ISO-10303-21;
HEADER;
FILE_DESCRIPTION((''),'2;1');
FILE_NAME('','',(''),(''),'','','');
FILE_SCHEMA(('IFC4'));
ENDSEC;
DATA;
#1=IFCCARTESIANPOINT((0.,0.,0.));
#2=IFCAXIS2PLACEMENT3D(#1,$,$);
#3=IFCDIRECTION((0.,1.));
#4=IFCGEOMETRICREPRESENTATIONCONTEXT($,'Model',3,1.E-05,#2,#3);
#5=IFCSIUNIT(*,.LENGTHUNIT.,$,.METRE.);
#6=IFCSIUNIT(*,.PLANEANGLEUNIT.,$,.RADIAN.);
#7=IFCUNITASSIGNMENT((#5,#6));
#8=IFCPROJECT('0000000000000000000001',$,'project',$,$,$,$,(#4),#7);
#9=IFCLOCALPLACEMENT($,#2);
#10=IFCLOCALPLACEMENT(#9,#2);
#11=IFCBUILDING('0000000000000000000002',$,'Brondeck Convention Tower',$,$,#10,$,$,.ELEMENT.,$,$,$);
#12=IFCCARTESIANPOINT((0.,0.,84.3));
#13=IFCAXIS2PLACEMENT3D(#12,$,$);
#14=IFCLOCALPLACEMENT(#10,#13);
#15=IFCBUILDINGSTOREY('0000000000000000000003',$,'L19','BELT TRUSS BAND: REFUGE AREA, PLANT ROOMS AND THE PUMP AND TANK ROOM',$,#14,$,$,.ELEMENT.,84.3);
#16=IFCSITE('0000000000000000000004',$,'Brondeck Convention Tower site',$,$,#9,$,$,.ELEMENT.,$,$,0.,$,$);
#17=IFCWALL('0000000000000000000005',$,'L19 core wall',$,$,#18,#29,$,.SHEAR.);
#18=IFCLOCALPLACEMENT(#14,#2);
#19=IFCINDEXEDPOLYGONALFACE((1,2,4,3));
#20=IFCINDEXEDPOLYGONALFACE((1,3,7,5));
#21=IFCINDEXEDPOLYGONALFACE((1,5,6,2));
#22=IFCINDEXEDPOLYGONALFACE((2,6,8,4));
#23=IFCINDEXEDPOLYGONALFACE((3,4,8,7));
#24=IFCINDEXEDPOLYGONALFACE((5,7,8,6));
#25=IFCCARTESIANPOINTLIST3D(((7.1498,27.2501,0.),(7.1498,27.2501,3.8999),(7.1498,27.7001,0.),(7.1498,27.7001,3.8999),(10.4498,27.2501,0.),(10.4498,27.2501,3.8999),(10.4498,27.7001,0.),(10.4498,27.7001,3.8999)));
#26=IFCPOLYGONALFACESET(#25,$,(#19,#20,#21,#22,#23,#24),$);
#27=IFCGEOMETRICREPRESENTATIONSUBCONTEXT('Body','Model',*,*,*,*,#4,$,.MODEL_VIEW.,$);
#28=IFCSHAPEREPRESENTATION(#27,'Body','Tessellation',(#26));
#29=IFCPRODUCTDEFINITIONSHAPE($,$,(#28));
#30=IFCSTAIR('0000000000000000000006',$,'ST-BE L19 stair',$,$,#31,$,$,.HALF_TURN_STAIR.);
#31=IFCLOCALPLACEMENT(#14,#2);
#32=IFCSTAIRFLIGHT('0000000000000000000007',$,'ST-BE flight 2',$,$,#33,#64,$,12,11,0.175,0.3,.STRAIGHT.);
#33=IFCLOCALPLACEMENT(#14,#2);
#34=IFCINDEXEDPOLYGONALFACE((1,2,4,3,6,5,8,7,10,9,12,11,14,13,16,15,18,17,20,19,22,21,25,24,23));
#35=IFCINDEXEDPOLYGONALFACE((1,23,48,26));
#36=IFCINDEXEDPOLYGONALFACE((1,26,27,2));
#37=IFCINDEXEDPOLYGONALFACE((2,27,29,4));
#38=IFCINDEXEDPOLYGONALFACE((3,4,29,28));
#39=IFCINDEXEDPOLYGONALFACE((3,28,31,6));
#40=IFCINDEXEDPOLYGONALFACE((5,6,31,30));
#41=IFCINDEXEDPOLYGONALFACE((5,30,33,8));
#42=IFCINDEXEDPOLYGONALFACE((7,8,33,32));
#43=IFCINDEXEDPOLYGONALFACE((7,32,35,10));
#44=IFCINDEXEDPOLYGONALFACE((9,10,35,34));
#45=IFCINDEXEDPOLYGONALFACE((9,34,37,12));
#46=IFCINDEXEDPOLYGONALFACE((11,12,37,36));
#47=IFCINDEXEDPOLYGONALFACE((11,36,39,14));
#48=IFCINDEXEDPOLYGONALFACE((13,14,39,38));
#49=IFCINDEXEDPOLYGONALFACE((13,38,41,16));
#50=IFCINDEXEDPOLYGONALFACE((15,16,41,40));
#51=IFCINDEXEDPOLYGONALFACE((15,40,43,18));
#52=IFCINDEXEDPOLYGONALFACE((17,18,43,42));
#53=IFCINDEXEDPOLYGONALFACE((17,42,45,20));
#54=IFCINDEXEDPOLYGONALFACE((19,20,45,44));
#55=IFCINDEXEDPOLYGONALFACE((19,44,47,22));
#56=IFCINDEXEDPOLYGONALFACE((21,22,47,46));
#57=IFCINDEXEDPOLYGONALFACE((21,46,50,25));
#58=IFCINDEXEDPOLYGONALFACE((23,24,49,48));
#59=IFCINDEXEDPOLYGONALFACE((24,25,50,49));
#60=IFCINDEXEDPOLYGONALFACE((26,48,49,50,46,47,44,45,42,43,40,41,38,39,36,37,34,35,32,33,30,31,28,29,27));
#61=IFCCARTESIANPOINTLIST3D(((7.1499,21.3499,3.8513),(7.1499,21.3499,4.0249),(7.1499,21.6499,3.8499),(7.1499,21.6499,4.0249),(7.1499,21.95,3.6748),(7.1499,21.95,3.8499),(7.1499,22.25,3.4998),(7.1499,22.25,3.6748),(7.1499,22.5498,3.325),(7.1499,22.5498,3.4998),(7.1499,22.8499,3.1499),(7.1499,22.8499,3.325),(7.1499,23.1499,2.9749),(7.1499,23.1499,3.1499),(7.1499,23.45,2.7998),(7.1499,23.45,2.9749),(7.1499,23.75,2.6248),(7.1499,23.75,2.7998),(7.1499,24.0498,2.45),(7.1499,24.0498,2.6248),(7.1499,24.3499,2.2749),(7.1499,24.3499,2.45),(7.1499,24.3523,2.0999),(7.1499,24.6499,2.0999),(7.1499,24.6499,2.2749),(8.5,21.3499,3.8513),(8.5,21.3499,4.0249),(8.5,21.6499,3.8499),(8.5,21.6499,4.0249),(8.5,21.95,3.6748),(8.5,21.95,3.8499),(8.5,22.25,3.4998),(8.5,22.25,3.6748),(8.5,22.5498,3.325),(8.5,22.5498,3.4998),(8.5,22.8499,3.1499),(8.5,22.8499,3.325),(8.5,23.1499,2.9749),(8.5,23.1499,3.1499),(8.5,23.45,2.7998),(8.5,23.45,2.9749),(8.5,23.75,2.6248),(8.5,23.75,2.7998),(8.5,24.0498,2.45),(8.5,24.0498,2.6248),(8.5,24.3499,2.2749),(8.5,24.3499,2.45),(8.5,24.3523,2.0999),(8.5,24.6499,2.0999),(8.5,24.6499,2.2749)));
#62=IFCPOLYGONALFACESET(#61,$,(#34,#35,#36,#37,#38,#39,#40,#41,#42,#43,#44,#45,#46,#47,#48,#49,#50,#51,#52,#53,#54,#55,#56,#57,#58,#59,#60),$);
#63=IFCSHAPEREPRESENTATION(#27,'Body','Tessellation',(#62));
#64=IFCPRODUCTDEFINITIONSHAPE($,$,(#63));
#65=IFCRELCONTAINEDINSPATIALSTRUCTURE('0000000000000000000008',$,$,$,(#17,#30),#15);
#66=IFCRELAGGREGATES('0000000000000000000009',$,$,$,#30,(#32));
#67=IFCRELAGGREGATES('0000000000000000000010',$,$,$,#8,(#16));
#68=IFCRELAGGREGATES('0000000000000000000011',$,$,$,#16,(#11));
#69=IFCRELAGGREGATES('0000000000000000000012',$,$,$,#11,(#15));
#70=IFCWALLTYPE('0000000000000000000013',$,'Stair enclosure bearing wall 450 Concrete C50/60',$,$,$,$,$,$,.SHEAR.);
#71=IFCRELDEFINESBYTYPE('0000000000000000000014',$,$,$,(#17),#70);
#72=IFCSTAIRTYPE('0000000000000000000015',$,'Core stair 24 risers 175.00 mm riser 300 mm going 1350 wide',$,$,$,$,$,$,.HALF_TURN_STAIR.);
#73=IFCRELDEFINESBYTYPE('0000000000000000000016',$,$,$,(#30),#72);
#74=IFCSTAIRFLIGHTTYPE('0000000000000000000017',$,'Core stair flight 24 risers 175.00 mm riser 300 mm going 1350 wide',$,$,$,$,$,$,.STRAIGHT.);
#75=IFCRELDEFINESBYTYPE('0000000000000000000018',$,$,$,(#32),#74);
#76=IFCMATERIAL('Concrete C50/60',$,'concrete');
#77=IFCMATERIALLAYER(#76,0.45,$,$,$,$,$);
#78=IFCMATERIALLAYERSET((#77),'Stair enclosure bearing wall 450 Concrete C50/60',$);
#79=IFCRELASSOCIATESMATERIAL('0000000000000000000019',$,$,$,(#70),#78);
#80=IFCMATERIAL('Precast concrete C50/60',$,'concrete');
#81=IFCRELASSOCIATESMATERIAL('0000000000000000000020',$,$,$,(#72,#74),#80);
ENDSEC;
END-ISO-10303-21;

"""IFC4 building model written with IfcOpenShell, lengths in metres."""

from ifc_helpers import new_model, si_unit, direction, frame, frame_2d, origin, place, context, subcontext, project, spatial, polyline, rectangle, outline, extrude, material, layer, layer_set, type_object, element, aggregate, save


model = new_model("IFC4")

# Units and contexts
model_context = context("Model", 3, precision=1e-05, world=origin(), true_north=direction((0.0, 1.0)))
body_context = subcontext(model_context, "Body", "Model", "MODEL_VIEW")
ifc_project = project(units=[si_unit("LENGTHUNIT", "METRE"), si_unit("PLANEANGLEUNIT", "RADIAN")], contexts=[model_context])

# Site, building, storey
site_placement = place(None, origin())
site = spatial("IfcSite", under=ifc_project, at=site_placement, Name="Brondeck Convention Tower site", CompositionType="ELEMENT", RefElevation=0.0)
building_placement = place(site_placement, origin())
building = spatial("IfcBuilding", under=site, at=building_placement, Name="Brondeck Convention Tower", CompositionType="ELEMENT")
storey_placement = place(building_placement, frame((0.0, 0.0, 84.3)))
storey = spatial("IfcBuildingStorey", under=building, at=storey_placement, Name="L19", Description="BELT TRUSS BAND: REFUGE AREA, PLANT ROOMS AND THE PUMP AND TANK ROOM", CompositionType="ELEMENT", Elevation=84.3)

# Wall
ifc_material_1 = material(Name="Precast concrete C50/60", Category="concrete")
ifc_material_2 = material(Name="Concrete C50/60", Category="concrete")
ifc_layer_1 = layer(ifc_material_2, 0.45)
ifc_layer_set_1 = layer_set([ifc_layer_1], Name="Stair enclosure bearing wall 450 Concrete C50/60")
wall_type_1 = type_object("IfcWallType", Name="Stair enclosure bearing wall 450 Concrete C50/60", PredefinedType="SHEAR", material=ifc_layer_set_1)
wall_1_placement = place(storey_placement, frame((7.1499, 27.4751, 0.0), z_axis=(0.0, 0.0, 1.0), x_axis=(1.0, 0.0, 0.0)))
element("IfcWall", 1, at=wall_1_placement, inside=storey, type_object=wall_type_1, Name="L19 core wall", PredefinedType="SHEAR", context=body_context, shape_type="SweptSolid", body=[
    extrude(rectangle(XDim=3.3, YDim=0.45, at=frame_2d((1.6499, 0.0))), origin(), (0.0, 0.0, 1.0), 3.8999),
])

# Stair, stair flight
stair_type = type_object("IfcStairType", Name="Core stair 24 risers 175.00 mm riser 300 mm going 1350 wide", PredefinedType="HALF_TURN_STAIR", material=ifc_material_1)
stair_placement = place(storey_placement, origin())
stair = element("IfcStair", 2, at=stair_placement, inside=storey, type_object=stair_type, Name="ST-BE L19 stair", PredefinedType="HALF_TURN_STAIR")
stair_flight_type = type_object("IfcStairFlightType", Name="Core stair flight 24 risers 175.00 mm riser 300 mm going 1350 wide", PredefinedType="STRAIGHT", material=ifc_material_1)
stair_flight_placement = place(storey_placement, frame((7.825, 24.6499, 2.0999), z_axis=(0.0, 0.0, 1.0), x_axis=(0.0, -1.0, 0.0)))
stair_flight = element("IfcStairFlight", 3, at=stair_flight_placement, type_object=stair_flight_type, Name="ST-BE flight 2", NumberOfRisers=12, NumberOfTreads=11, PredefinedType="STRAIGHT", RiserHeight=0.175, TreadLength=0.3, context=body_context, shape_type="SweptSolid", body=[
    extrude(outline(polyline([(0.0, 0.0), (0.0, 0.175), (0.3, 0.175), (0.3, 0.3501), (0.6001, 0.3501), (0.6001, 0.5249), (0.8999, 0.5249), (0.8999, 0.7), (1.2, 0.7), (1.2, 0.875), (1.5, 0.875), (1.5, 1.05), (1.8, 1.05), (1.8, 1.2251), (2.1001, 1.2251), (2.1001, 1.3999), (2.3999, 1.3999), (2.3999, 1.575), (2.7, 1.575), (2.7, 1.75), (3.0, 1.75), (3.0, 1.925), (3.3, 1.925), (3.3, 2.1001), (3.3, 1.7515), (0.2976, 0.0), (0.0, 0.0)])), frame((0.0, 0.675, 0.0), z_axis=(0.0, -1.0, 0.0), x_axis=(1.0, 0.0, 0.0)), (0.0, 0.0, 1.0), 1.3501),
])
aggregate(stair, [stair_flight])

save(model, "model.ifc")
